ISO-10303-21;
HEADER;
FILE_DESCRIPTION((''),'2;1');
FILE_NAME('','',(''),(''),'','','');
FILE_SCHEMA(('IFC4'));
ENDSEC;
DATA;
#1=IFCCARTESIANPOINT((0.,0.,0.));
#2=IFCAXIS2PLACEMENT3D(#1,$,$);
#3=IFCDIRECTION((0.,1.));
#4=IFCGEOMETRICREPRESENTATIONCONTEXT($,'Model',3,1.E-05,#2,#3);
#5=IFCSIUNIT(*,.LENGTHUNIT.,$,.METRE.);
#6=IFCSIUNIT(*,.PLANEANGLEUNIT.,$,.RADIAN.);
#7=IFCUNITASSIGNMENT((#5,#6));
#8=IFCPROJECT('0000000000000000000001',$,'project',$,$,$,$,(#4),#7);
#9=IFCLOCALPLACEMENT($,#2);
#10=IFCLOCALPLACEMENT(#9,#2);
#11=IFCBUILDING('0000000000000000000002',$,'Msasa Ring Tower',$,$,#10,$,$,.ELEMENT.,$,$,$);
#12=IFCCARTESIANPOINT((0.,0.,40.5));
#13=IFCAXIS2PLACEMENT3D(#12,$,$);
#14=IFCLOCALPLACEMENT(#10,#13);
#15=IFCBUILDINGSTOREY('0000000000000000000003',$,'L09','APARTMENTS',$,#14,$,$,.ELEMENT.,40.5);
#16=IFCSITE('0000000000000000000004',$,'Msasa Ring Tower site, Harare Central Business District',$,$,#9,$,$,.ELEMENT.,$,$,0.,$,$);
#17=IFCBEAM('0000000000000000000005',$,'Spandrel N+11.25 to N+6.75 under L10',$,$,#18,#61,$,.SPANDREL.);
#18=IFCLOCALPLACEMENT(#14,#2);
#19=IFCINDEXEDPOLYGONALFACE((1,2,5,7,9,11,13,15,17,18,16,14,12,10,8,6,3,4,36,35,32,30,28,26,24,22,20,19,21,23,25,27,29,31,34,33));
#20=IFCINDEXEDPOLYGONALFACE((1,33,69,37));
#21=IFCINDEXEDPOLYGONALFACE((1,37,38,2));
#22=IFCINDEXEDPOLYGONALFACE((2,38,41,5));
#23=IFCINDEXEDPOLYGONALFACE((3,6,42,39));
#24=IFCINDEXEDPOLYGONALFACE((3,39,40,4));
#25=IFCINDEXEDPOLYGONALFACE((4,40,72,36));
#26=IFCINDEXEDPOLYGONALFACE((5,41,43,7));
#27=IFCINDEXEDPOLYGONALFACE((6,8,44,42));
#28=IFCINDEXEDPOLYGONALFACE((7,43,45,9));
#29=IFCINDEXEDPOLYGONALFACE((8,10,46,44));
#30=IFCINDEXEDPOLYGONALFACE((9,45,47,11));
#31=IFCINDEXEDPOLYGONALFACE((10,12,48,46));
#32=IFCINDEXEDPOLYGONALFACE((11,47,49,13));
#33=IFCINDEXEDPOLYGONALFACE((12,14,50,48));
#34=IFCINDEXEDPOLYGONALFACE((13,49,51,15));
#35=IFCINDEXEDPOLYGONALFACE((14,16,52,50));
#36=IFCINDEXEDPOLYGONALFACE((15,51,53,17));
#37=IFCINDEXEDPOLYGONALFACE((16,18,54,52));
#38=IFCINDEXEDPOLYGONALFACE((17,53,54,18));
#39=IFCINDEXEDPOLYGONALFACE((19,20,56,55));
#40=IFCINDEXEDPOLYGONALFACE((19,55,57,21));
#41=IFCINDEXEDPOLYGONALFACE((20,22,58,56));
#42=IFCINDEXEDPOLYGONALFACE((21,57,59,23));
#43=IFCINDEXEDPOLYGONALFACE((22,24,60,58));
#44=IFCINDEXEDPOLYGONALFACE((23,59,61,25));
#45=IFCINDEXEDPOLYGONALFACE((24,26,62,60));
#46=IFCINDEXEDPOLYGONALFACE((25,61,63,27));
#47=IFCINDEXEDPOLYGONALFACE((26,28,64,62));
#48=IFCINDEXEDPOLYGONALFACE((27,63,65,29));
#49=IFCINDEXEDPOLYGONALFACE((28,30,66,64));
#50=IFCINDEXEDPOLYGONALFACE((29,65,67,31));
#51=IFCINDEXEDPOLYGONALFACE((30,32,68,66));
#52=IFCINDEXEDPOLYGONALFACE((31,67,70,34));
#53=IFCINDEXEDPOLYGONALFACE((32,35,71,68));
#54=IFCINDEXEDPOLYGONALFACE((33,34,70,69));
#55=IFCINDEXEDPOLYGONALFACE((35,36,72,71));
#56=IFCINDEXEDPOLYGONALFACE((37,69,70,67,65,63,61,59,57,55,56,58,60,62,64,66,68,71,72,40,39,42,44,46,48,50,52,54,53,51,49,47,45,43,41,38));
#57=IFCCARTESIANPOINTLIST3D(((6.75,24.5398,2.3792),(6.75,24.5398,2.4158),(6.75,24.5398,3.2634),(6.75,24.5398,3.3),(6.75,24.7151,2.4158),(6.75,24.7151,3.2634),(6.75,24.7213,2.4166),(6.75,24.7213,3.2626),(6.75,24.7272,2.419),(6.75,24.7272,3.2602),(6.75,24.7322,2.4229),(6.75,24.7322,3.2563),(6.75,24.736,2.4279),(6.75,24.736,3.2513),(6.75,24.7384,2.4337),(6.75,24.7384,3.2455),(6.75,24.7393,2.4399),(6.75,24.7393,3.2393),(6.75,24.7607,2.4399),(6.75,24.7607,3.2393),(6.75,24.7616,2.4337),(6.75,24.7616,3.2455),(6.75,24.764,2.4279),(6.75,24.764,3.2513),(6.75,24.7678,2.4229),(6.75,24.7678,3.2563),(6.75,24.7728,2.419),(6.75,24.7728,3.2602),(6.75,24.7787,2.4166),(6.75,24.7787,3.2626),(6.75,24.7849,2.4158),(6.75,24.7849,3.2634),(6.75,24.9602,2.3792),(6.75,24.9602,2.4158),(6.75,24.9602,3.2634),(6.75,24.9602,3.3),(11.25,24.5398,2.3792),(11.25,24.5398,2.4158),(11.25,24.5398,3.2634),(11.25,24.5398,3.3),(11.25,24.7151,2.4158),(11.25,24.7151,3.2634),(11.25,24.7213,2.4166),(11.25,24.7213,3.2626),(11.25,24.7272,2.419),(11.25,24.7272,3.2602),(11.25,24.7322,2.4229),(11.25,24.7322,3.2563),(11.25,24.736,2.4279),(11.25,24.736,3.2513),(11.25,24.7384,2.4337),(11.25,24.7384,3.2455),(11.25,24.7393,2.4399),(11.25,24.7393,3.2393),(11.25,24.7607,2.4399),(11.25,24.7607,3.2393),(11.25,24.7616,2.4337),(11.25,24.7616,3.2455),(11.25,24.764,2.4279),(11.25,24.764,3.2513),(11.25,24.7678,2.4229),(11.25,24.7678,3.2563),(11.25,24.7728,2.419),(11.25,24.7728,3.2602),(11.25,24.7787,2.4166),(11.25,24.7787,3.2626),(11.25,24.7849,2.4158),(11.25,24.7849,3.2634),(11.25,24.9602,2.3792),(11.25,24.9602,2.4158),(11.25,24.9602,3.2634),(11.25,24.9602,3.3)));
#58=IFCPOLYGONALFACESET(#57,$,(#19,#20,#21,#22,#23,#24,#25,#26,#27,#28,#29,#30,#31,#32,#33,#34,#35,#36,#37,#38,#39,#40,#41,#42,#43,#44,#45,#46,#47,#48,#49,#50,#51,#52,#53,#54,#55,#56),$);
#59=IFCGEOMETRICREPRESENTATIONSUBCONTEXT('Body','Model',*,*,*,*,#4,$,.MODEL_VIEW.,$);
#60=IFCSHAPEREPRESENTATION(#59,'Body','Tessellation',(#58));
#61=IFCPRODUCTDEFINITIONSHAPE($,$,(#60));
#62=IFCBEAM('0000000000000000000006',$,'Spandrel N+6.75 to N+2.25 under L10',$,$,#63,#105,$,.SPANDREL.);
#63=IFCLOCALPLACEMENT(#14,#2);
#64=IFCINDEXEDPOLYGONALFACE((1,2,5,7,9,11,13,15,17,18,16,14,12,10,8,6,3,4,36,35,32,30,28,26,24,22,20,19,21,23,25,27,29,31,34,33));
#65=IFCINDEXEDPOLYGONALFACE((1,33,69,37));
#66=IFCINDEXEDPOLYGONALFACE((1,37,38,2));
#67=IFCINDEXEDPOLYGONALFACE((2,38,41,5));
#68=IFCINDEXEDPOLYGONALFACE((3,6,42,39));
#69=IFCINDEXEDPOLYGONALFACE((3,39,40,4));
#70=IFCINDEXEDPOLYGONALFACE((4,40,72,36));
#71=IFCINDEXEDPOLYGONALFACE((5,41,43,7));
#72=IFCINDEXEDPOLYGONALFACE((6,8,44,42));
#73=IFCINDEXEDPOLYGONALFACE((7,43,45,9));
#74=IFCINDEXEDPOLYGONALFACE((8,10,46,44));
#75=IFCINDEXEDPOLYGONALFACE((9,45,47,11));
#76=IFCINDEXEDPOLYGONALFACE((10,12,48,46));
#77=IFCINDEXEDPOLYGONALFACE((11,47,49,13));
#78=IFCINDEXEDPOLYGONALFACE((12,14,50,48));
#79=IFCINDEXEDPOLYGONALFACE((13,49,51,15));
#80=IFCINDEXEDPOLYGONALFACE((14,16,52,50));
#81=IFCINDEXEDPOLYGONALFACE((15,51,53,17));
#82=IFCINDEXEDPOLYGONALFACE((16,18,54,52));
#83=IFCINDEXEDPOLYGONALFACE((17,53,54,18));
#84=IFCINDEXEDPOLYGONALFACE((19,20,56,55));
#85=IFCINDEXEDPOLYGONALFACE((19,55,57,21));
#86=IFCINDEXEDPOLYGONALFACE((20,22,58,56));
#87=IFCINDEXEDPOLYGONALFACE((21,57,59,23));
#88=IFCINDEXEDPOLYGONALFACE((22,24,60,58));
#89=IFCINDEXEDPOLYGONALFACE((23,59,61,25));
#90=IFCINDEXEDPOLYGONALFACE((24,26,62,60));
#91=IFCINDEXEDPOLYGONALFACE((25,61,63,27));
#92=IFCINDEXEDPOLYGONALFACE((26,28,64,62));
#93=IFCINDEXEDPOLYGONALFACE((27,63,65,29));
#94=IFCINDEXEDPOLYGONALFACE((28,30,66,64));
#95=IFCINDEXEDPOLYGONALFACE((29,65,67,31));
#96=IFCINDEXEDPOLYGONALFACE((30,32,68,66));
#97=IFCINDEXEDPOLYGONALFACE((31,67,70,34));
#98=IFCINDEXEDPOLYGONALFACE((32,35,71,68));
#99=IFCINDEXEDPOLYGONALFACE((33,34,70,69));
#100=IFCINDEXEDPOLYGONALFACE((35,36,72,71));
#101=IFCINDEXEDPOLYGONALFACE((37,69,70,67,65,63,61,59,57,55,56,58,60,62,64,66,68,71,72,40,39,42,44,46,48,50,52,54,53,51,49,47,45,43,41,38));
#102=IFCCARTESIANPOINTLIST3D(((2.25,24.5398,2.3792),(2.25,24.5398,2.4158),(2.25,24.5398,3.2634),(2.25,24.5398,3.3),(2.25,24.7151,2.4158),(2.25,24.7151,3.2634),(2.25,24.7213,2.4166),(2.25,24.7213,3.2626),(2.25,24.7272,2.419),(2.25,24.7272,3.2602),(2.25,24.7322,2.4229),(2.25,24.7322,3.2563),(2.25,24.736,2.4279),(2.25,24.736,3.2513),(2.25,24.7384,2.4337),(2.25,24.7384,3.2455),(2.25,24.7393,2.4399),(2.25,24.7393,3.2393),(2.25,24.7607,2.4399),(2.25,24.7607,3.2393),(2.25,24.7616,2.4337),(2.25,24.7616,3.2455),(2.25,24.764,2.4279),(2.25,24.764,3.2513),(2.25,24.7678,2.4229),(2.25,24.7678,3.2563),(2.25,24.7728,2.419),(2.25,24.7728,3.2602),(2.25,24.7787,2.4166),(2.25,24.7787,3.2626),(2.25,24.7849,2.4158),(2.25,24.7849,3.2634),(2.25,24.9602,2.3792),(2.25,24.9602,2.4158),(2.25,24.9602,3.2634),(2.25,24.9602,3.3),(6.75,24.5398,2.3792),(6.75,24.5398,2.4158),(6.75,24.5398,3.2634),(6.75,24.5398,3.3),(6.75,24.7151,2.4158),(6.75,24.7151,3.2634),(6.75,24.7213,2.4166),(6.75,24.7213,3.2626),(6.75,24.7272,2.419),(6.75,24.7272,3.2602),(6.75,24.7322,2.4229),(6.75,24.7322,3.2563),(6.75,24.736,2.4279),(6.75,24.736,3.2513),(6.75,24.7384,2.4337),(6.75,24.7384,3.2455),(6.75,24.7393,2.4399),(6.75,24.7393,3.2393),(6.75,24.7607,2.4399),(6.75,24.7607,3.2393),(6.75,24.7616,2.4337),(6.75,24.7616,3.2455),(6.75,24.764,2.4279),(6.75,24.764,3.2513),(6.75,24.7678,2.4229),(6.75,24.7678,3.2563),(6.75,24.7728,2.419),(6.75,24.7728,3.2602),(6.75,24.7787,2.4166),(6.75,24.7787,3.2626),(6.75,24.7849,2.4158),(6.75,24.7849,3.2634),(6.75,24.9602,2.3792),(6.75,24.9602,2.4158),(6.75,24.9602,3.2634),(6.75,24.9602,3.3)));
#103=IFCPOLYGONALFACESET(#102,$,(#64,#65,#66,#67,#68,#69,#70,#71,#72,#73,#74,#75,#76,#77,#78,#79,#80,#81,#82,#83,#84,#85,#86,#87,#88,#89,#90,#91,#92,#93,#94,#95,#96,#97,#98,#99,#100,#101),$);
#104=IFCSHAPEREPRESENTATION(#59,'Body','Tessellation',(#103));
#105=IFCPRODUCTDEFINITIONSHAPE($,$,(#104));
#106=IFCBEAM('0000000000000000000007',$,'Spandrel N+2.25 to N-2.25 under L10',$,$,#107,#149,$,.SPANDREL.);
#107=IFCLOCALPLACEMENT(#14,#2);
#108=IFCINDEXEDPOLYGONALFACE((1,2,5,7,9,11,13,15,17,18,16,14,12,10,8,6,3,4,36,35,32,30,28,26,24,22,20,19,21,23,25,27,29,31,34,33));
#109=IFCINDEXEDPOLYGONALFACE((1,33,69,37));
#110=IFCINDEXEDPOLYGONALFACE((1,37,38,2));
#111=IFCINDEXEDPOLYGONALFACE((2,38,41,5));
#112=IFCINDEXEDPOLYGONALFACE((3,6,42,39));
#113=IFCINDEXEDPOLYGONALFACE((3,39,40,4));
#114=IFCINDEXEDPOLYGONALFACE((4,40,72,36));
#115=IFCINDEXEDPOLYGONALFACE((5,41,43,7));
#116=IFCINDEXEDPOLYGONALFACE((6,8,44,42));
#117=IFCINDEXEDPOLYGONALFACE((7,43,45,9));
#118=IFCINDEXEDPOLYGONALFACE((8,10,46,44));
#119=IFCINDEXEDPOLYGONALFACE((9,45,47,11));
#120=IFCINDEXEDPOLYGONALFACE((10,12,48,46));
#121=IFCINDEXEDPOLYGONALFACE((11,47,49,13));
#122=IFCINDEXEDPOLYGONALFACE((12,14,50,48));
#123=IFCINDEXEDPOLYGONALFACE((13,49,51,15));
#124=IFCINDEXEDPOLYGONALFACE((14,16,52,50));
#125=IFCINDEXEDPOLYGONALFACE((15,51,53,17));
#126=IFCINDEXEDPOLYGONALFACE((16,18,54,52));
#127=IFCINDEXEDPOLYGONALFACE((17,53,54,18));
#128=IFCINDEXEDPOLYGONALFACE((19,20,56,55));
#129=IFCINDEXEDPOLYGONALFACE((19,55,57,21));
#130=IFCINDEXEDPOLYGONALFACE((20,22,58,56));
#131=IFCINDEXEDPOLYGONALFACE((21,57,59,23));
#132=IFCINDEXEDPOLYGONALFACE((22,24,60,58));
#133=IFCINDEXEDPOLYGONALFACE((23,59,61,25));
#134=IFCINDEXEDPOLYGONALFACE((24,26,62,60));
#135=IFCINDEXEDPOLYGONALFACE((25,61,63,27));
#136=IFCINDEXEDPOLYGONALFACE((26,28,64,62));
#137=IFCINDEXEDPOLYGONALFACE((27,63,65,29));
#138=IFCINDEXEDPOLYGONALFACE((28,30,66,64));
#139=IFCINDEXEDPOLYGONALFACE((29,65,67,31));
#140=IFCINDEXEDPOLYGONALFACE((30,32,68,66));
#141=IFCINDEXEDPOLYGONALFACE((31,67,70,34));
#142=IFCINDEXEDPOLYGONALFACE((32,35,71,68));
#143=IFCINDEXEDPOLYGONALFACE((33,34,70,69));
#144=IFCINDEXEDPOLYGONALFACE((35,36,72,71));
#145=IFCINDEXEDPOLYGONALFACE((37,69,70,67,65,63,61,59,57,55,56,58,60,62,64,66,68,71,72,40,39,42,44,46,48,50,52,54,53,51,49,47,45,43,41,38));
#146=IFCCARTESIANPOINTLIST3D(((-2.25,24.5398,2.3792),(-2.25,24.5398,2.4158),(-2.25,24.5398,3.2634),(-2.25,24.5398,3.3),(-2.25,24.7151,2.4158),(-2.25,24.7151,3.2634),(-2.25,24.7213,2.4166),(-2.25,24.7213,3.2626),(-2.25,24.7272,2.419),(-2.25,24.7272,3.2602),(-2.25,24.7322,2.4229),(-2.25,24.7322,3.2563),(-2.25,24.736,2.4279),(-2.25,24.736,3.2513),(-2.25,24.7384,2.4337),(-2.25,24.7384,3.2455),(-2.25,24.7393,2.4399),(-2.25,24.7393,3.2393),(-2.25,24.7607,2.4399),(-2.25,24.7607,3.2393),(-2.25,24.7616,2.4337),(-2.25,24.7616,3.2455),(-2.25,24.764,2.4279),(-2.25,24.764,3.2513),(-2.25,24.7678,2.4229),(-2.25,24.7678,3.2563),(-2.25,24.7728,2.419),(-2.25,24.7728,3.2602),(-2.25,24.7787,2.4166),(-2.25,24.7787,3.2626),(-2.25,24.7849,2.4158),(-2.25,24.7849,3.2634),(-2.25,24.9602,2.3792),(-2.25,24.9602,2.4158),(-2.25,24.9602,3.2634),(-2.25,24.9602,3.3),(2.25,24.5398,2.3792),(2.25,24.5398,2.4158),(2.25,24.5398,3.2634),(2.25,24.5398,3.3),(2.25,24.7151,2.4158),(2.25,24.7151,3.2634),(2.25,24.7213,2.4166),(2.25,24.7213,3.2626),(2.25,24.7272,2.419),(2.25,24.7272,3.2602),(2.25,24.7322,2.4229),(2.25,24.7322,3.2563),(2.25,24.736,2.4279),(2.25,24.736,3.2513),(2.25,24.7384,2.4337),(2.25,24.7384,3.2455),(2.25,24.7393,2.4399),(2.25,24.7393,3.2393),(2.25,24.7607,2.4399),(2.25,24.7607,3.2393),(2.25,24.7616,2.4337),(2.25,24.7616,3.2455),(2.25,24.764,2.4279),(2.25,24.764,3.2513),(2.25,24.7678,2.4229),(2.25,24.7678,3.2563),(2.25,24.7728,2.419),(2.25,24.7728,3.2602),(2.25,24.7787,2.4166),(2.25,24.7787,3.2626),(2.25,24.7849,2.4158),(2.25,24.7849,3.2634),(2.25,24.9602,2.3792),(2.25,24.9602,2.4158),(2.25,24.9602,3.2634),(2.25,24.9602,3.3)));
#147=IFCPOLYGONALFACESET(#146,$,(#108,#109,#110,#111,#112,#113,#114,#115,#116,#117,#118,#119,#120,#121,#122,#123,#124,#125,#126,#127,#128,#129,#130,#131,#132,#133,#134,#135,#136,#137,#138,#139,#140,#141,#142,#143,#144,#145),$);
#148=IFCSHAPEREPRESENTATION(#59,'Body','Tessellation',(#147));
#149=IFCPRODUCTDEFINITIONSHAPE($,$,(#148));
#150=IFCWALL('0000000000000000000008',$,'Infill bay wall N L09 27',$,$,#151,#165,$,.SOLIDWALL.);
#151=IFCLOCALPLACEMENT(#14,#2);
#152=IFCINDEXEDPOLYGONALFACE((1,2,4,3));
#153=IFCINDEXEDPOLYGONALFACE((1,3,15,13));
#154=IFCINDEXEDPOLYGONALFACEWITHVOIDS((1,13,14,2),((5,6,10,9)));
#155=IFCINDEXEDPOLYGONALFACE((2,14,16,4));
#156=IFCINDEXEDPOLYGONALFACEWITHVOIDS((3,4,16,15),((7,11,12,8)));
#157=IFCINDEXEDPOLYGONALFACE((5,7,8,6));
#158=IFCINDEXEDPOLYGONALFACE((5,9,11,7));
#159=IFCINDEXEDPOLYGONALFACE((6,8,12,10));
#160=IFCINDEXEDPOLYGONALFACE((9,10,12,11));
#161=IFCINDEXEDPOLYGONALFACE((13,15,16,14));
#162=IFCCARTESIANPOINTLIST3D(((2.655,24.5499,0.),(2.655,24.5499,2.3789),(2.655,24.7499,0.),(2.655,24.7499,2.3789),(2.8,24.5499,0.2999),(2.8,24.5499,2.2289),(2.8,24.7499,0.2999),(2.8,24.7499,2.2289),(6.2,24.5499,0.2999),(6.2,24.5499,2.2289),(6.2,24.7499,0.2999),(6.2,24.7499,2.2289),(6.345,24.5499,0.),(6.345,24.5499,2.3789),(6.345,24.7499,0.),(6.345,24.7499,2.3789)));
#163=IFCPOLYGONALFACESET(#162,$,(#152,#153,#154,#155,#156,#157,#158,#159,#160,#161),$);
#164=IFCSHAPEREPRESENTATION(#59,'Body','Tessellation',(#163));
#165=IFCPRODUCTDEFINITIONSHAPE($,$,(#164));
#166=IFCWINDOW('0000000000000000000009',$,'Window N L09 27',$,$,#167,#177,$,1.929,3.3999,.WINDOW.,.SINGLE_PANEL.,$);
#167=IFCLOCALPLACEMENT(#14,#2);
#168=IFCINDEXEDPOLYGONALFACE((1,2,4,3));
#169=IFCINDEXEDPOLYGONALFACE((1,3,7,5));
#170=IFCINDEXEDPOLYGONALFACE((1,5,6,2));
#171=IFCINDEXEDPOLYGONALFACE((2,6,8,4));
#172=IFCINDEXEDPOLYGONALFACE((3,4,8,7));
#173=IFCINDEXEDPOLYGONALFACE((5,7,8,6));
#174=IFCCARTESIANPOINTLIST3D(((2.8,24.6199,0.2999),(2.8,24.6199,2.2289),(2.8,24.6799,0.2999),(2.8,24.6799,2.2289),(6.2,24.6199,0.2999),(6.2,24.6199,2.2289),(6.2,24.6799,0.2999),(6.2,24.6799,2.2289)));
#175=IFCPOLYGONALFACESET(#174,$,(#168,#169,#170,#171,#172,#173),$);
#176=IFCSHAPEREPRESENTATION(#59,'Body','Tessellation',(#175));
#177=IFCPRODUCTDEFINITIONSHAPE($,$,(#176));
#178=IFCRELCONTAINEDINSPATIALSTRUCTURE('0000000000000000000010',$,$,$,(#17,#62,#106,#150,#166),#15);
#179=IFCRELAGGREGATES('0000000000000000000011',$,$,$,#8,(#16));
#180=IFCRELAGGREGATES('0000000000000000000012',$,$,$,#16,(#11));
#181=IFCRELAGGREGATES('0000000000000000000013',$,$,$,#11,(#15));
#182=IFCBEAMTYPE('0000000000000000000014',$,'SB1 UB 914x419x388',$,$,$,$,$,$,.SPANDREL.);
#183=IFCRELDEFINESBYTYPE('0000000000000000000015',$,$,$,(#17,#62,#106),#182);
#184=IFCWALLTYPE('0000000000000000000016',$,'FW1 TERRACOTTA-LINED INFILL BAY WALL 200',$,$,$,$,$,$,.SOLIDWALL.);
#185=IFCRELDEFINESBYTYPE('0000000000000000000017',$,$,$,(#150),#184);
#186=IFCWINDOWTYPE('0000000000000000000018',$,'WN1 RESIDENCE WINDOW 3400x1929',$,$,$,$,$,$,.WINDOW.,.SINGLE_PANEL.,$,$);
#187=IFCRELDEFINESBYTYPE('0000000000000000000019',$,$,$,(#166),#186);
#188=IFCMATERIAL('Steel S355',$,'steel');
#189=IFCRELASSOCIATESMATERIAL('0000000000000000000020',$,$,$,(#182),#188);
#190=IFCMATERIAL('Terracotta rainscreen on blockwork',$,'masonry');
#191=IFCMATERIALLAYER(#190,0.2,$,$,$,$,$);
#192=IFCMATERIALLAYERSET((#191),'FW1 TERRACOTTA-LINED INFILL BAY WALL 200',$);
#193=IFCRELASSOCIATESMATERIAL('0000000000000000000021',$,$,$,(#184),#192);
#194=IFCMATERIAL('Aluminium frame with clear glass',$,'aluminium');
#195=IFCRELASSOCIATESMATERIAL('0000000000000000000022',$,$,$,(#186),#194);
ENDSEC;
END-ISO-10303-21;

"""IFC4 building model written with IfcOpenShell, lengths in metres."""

from ifc_helpers import new_model, si_unit, direction, frame, frame_2d, origin, origin_2d, place, context, subcontext, project, spatial, rectangle, i_section, extrude, material, layer, layer_set, material_profile, profile_set, type_object, element, fill, save


model = new_model("IFC4")

# Units and contexts
model_context = context("Model", 3, precision=1e-05, world=origin(), true_north=direction((0.0, 1.0)))
body_context = subcontext(model_context, "Body", "Model", "MODEL_VIEW")
ifc_project = project(units=[si_unit("LENGTHUNIT", "METRE"), si_unit("PLANEANGLEUNIT", "RADIAN")], contexts=[model_context])

# Site, building, storey
site_placement = place(None, origin())
site = spatial("IfcSite", under=ifc_project, at=site_placement, Name="Msasa Ring Tower site, Harare Central Business District", CompositionType="ELEMENT", RefElevation=0.0)
building_placement = place(site_placement, origin())
building = spatial("IfcBuilding", under=site, at=building_placement, Name="Msasa Ring Tower", CompositionType="ELEMENT")
storey_placement = place(building_placement, frame((0.0, 0.0, 40.5)))
storey = spatial("IfcBuildingStorey", under=building, at=storey_placement, Name="L09", Description="APARTMENTS", CompositionType="ELEMENT", Elevation=40.5)

# Beams
ifc_material_1 = material(Name="Steel S355", Category="steel")
ifc_material_profile_1 = material_profile(ifc_material_1, i_section(OverallWidth=0.4204, OverallDepth=0.9209, WebThickness=0.0215, FlangeThickness=0.0366, FilletRadius=0.0242, at=origin_2d()), Name="UB 914x419x388")
ifc_profile_set_1 = profile_set([ifc_material_profile_1], Name="Steel S355")
beam_type_1 = type_object("IfcBeamType", Name="SB1 UB 914x419x388", PredefinedType="SPANDREL", material=ifc_profile_set_1)
for number, where, z_axis, x_axis, name in (
    (1, (11.25, 24.75, 2.8396), (-1.0, 0.0, 0.0), (0.0, -1.0, 0.0), "Spandrel N+11.25 to N+6.75 under L10"),
    (2, (6.75, 24.75, 2.8396), (-1.0, 0.0, 0.0), (0.0, -1.0, 0.0), "Spandrel N+6.75 to N+2.25 under L10"),
    (3, (2.25, 24.75, 2.8396), (-1.0, 0.0, 0.0), (0.0, -1.0, 0.0), "Spandrel N+2.25 to N-2.25 under L10"),
):
    element("IfcBeam", number, at=place(storey_placement, frame(where, z_axis=z_axis, x_axis=x_axis)), inside=storey, type_object=beam_type_1, Name=name, PredefinedType="SPANDREL", context=body_context, shape_type="SweptSolid", body=[
        extrude(i_section(OverallWidth=0.4204, OverallDepth=0.9209, WebThickness=0.0215, FlangeThickness=0.0366, FilletRadius=0.0242, at=origin_2d()), origin(), (0.0, 0.0, 1.0), 4.5),
    ])

# Wall, opening, window
ifc_material_2 = material(Name="Terracotta rainscreen on blockwork", Category="masonry")
ifc_layer_1 = layer(ifc_material_2, 0.2)
ifc_layer_set_1 = layer_set([ifc_layer_1], Name="FW1 TERRACOTTA-LINED INFILL BAY WALL 200")
wall_type_1 = type_object("IfcWallType", Name="FW1 TERRACOTTA-LINED INFILL BAY WALL 200", PredefinedType="SOLIDWALL", material=ifc_layer_set_1)
wall_1_placement = place(storey_placement, frame((2.655, 24.6499, 0.0), z_axis=(0.0, 0.0, 1.0), x_axis=(1.0, 0.0, 0.0)))
wall_1 = element("IfcWall", 4, at=wall_1_placement, inside=storey, type_object=wall_type_1, Name="Infill bay wall N L09 27", PredefinedType="SOLIDWALL", context=body_context, shape_type="SweptSolid", body=[
    extrude(rectangle(XDim=3.6899, YDim=0.2, at=frame_2d((1.845, 0.0))), origin(), (0.0, 0.0, 1.0), 2.3789),
])
opening_1_placement = place(wall_1_placement, frame((0.145, 0.0, 0.3)))
opening_1 = element("IfcOpeningElement", 5, at=opening_1_placement, cuts=wall_1, PredefinedType="OPENING", context=body_context, shape_type="SweptSolid", body=[
    extrude(rectangle(XDim=3.3999, YDim=1.929, at=frame_2d((1.7, 0.9644))), frame((0.0, 0.1099, 0.0), z_axis=(0.0, -1.0, 0.0), x_axis=(1.0, 0.0, 0.0)), (0.0, 0.0, 1.0), 0.22),
])
ifc_material_3 = material(Name="Aluminium frame with clear glass", Category="aluminium")
window_type = type_object("IfcWindowType", Name="WN1 RESIDENCE WINDOW 3400x1929", PartitioningType="SINGLE_PANEL", PredefinedType="WINDOW", material=ifc_material_3)
window_1_placement = place(opening_1_placement, origin())
window_1 = element("IfcWindow", 6, at=window_1_placement, inside=storey, type_object=window_type, Name="Window N L09 27", OverallHeight=1.929, OverallWidth=3.3999, PartitioningType="SINGLE_PANEL", PredefinedType="WINDOW", context=body_context, shape_type="SweptSolid", body=[
    extrude(rectangle(XDim=3.3999, YDim=1.929, at=frame_2d((1.7, 0.9644))), frame((0.0, 0.03, 0.0), z_axis=(0.0, -1.0, 0.0), x_axis=(1.0, 0.0, 0.0)), (0.0, 0.0, 1.0), 0.0601),
])
fill(opening_1, window_1)

save(model, "model.ifc")
